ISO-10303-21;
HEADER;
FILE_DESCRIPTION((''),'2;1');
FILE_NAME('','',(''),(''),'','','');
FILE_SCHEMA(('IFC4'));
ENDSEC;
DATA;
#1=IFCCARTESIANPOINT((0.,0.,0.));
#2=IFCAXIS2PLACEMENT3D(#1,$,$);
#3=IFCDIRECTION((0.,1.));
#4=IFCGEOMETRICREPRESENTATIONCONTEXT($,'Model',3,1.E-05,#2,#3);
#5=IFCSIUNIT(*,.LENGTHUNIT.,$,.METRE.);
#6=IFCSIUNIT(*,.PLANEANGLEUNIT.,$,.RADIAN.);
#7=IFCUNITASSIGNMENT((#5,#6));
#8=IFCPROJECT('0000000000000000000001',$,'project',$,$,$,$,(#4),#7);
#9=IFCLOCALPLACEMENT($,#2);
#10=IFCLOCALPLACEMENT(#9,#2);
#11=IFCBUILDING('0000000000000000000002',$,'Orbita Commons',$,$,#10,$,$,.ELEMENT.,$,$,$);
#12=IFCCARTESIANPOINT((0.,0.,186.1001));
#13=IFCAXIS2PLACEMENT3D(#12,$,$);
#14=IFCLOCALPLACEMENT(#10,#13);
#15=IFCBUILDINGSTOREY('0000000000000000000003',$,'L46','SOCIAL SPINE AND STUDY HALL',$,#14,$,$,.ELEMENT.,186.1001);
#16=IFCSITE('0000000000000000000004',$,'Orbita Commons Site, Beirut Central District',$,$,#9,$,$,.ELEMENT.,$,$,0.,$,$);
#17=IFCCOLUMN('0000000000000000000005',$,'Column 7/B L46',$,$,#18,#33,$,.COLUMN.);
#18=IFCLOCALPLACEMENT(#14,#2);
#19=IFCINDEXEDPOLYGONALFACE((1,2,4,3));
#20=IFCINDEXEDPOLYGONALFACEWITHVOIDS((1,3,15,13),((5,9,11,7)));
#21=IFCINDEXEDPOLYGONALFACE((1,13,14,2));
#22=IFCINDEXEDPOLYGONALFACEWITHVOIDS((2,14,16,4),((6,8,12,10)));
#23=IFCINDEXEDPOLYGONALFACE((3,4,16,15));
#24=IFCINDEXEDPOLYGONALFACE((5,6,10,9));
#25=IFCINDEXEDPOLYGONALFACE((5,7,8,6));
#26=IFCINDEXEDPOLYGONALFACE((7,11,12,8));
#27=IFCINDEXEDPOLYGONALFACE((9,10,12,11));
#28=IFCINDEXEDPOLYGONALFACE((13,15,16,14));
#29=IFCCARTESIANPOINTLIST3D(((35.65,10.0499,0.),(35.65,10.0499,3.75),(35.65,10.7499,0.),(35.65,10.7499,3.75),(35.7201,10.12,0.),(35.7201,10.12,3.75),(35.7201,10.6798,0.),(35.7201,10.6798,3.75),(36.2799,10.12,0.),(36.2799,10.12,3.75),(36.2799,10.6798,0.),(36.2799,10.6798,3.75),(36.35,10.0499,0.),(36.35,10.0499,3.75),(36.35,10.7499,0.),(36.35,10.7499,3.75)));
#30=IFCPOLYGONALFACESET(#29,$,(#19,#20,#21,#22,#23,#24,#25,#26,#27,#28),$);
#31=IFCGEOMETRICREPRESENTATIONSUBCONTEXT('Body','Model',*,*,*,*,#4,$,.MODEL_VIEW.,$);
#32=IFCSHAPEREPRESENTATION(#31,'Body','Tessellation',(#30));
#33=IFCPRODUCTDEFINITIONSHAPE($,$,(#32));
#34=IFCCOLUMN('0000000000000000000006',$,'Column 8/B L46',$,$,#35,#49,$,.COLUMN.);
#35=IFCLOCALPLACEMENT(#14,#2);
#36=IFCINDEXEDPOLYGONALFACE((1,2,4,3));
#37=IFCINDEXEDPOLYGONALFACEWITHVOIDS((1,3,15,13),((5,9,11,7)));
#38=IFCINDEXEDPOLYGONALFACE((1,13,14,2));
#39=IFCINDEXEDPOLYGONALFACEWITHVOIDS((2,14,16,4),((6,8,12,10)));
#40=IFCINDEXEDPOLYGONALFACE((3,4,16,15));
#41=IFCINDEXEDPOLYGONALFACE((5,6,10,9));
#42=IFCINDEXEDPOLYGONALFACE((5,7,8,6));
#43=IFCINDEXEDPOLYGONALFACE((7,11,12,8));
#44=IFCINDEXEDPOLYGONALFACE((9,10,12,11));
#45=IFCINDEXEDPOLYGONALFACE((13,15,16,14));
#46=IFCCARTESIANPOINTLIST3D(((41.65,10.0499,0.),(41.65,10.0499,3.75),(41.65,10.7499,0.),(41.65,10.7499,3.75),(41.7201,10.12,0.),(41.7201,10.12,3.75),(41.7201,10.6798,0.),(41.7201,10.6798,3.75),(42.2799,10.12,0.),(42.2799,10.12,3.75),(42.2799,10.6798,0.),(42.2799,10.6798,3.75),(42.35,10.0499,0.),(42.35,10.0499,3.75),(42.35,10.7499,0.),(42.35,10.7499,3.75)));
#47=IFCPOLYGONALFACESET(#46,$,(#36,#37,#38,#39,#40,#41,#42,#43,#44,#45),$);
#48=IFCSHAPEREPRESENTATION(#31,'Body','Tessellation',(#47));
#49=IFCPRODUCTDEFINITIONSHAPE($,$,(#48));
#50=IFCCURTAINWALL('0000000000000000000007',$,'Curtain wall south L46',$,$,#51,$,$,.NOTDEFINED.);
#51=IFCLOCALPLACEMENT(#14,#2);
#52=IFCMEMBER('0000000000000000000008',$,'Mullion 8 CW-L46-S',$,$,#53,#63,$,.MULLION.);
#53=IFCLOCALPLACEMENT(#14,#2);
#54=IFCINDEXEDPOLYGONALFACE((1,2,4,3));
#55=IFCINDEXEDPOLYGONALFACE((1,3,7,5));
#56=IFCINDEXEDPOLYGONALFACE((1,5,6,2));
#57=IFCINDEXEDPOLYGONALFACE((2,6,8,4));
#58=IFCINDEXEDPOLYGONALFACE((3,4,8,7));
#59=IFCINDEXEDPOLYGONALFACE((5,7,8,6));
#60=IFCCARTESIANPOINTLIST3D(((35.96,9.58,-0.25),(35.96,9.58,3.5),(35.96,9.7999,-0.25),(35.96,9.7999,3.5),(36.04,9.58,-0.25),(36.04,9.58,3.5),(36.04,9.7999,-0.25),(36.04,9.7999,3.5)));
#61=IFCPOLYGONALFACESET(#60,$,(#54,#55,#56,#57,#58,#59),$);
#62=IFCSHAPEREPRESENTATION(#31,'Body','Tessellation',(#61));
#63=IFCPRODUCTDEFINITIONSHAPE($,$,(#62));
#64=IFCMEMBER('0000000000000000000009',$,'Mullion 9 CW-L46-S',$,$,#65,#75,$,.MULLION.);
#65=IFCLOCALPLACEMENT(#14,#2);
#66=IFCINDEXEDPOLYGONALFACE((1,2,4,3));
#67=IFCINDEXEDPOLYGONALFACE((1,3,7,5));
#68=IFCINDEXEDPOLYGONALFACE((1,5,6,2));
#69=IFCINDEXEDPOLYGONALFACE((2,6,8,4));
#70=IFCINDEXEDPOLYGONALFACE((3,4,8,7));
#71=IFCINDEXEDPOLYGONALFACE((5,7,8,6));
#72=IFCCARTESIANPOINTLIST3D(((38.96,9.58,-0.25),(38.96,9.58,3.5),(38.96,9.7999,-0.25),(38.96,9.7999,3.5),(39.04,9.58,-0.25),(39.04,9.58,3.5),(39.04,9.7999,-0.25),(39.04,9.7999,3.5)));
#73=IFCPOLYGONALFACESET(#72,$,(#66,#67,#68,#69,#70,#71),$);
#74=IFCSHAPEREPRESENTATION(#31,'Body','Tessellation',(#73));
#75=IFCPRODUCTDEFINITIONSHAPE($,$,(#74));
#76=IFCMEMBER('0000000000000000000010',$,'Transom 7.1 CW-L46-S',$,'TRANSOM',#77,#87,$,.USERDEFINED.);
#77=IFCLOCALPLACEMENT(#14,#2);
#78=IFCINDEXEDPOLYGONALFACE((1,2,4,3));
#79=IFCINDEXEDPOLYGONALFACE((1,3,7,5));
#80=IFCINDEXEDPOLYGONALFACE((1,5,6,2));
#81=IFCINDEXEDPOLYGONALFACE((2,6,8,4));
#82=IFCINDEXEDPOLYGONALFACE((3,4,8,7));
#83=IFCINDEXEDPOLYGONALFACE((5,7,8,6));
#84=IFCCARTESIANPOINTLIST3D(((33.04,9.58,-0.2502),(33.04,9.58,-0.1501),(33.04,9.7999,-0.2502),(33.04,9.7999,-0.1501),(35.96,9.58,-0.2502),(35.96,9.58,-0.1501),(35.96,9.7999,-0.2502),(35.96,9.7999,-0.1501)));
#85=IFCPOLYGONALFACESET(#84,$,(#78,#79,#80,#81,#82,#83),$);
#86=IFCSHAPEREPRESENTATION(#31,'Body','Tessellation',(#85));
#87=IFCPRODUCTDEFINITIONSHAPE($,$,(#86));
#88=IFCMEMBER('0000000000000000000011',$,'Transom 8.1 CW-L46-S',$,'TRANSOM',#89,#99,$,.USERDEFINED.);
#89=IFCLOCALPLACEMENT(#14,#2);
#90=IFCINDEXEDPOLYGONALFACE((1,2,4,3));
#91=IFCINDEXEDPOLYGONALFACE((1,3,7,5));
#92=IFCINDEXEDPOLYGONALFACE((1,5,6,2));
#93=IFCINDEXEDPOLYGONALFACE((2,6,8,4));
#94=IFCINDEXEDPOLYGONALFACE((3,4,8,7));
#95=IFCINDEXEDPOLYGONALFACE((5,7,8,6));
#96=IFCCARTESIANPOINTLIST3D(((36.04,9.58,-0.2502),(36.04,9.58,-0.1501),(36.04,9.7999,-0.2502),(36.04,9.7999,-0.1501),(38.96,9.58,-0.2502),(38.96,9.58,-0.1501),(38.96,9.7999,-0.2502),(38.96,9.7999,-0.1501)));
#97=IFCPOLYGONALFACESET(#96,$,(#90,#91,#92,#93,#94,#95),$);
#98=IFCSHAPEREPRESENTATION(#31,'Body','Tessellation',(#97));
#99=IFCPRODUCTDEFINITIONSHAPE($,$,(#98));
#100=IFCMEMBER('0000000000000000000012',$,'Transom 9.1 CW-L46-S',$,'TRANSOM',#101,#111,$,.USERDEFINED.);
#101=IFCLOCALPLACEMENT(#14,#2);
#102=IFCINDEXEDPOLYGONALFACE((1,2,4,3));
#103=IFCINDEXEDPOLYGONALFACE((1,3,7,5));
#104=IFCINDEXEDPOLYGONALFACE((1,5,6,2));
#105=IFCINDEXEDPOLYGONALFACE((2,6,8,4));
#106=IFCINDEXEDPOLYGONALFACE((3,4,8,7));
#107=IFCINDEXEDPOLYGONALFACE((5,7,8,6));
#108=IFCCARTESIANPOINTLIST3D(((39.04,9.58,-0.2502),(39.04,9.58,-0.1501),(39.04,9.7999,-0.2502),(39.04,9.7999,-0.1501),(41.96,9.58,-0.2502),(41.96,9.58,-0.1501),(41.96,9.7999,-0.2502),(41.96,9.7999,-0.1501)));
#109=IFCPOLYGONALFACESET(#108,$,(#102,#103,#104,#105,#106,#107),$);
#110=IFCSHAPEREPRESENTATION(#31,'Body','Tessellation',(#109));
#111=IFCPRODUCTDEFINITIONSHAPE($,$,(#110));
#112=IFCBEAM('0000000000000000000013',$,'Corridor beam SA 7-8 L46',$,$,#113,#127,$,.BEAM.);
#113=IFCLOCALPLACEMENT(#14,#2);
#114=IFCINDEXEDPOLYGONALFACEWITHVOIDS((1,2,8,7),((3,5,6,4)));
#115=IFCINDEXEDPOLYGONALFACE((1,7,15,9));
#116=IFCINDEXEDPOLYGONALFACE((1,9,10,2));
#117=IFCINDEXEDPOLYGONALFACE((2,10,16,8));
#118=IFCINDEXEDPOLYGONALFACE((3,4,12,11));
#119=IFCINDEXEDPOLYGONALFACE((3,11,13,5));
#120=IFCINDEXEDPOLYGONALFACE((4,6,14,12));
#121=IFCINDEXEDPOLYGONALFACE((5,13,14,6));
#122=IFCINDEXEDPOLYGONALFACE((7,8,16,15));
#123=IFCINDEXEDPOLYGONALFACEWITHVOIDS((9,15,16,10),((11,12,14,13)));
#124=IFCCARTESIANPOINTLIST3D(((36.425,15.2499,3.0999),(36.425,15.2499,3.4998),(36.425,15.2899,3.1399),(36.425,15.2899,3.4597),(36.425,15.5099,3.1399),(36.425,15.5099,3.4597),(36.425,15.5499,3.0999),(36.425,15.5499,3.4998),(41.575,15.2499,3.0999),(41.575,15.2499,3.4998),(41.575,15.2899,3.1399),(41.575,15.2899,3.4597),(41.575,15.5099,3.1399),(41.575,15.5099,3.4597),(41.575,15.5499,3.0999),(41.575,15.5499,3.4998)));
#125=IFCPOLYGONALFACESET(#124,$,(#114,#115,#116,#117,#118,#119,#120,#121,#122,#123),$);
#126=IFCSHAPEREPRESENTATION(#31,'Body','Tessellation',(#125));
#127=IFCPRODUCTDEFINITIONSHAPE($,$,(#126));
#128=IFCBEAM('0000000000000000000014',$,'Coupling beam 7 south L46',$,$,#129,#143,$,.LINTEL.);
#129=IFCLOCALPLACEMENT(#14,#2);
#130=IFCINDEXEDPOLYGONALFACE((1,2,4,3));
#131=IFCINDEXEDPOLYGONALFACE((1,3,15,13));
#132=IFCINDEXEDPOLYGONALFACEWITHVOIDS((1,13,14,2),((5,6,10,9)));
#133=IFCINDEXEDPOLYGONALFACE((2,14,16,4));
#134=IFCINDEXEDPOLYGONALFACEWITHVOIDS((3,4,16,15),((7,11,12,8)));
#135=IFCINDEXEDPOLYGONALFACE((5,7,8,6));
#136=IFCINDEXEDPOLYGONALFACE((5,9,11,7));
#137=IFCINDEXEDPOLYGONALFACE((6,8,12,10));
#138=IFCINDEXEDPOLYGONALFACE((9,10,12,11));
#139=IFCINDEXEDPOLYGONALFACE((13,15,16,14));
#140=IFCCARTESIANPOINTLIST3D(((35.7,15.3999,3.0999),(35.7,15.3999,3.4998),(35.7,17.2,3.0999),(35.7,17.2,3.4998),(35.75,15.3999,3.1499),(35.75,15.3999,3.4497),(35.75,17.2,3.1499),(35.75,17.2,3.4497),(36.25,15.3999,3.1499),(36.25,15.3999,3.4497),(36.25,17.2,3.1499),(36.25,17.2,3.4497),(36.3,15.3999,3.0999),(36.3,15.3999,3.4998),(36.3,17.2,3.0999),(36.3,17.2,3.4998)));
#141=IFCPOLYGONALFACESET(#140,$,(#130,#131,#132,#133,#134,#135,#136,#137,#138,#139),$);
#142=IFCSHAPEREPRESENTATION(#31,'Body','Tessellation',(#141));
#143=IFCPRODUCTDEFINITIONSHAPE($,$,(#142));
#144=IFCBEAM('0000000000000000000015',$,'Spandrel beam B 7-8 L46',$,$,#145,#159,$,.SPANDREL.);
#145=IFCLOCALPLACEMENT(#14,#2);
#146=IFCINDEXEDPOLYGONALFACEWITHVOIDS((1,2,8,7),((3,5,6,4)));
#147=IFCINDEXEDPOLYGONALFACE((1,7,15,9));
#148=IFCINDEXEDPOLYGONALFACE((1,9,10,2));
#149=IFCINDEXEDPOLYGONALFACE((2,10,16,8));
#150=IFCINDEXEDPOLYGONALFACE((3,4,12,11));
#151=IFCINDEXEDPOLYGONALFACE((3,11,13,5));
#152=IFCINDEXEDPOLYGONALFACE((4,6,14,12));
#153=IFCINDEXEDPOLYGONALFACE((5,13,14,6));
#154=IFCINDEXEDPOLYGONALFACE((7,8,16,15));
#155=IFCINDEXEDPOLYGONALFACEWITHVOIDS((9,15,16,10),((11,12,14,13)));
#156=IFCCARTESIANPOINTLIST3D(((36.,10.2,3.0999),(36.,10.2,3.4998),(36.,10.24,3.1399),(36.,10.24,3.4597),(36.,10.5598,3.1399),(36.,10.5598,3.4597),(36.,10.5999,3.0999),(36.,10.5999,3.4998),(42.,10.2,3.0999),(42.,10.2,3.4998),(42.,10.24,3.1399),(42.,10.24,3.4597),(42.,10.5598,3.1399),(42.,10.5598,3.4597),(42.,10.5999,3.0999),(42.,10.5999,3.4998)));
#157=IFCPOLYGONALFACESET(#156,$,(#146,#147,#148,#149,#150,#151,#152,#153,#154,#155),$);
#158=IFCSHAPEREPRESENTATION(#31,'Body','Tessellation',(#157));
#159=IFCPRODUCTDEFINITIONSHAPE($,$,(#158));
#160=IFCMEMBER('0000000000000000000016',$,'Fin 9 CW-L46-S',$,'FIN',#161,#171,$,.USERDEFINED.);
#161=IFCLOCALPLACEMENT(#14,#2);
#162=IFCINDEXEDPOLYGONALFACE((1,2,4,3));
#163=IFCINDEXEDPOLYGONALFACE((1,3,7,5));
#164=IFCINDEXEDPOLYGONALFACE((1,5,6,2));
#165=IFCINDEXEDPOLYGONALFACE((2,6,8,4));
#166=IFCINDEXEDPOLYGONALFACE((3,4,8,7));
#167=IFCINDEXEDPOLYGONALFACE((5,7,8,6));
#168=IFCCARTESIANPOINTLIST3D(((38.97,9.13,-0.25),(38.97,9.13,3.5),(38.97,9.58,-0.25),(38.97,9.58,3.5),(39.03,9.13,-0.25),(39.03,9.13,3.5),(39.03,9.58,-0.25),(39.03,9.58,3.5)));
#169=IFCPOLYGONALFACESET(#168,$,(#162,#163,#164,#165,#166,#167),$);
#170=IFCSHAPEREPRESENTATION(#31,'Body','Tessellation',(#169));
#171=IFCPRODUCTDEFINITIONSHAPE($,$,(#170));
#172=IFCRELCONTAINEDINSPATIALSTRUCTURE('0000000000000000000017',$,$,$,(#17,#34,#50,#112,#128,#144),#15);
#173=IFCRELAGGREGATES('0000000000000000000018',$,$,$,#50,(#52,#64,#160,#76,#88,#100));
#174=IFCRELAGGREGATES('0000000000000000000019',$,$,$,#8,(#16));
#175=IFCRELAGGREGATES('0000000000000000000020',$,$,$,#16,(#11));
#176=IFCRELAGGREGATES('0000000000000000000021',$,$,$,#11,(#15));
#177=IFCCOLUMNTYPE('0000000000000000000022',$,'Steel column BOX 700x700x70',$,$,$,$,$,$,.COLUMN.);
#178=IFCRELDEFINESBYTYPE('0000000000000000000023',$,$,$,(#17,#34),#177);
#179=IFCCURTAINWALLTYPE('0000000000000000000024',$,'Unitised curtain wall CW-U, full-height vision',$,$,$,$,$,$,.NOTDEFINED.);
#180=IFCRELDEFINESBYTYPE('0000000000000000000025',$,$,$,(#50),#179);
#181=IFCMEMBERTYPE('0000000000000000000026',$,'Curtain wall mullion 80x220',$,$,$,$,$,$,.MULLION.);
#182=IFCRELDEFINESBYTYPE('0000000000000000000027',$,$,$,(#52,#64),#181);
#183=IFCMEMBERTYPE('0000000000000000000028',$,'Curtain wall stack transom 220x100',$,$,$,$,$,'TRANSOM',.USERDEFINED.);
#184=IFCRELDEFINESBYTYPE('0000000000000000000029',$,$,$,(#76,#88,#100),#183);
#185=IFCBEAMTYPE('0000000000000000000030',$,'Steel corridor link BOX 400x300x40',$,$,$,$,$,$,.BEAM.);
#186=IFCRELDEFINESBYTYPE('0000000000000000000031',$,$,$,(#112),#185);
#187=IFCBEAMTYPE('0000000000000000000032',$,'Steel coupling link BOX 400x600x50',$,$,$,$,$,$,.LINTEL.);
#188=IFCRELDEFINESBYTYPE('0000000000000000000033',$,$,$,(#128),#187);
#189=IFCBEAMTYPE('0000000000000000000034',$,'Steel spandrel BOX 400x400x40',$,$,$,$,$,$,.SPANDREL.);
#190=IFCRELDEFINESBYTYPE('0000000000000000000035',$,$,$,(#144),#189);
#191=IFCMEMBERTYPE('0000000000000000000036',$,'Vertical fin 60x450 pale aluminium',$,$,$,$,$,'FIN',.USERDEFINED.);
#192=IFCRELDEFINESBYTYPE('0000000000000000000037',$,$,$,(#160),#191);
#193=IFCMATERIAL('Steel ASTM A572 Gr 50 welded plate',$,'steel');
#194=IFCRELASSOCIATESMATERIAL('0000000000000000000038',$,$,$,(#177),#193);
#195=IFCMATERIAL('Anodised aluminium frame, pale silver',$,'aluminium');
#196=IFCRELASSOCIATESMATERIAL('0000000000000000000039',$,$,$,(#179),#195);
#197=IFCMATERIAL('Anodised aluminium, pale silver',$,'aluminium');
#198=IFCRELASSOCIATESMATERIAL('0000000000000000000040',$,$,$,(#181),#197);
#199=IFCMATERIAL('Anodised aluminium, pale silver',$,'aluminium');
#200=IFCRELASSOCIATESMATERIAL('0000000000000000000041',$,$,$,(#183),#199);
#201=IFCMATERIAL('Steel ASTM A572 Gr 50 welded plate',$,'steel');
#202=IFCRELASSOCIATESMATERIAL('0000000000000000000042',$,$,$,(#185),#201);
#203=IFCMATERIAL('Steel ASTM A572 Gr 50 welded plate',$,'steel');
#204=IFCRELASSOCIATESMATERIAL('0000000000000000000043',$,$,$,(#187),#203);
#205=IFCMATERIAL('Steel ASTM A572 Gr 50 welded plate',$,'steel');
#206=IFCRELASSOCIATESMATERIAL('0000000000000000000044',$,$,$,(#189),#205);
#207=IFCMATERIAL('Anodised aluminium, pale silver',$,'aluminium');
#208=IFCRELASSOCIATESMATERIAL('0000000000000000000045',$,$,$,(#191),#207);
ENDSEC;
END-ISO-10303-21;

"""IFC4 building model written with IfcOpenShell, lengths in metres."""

from ifc_helpers import new_model, si_unit, direction, frame, origin, origin_2d, place, context, subcontext, project, spatial, rectangle, hollow_rectangle, extrude, material, material_profile, profile_set, type_object, element, aggregate, save


model = new_model("IFC4")

# Units and contexts
model_context = context("Model", 3, precision=1e-05, world=origin(), true_north=direction((0.0, 1.0)))
body_context = subcontext(model_context, "Body", "Model", "MODEL_VIEW")
ifc_project = project(units=[si_unit("LENGTHUNIT", "METRE"), si_unit("PLANEANGLEUNIT", "RADIAN")], contexts=[model_context])

# Site, building, storey
site_placement = place(None, origin())
site = spatial("IfcSite", under=ifc_project, at=site_placement, Name="Orbita Commons Site, Beirut Central District", CompositionType="ELEMENT", RefElevation=0.0)
building_placement = place(site_placement, origin())
building = spatial("IfcBuilding", under=site, at=building_placement, Name="Orbita Commons", CompositionType="ELEMENT")
storey_placement = place(building_placement, frame((0.0, 0.0, 186.1001)))
storey = spatial("IfcBuildingStorey", under=building, at=storey_placement, Name="L46", Description="SOCIAL SPINE AND STUDY HALL", CompositionType="ELEMENT", Elevation=186.1001)

# Columns
ifc_material_1 = material(Name="Steel ASTM A572 Gr 50 welded plate", Category="steel")
ifc_material_profile_1 = material_profile(ifc_material_1, hollow_rectangle(XDim=0.7, YDim=0.7, WallThickness=0.0701, at=origin_2d()), Name="BOX 700x700x70")
ifc_profile_set_1 = profile_set([ifc_material_profile_1], Name="Steel ASTM A572 Gr 50 welded plate")
column_type = type_object("IfcColumnType", Name="Steel column BOX 700x700x70", PredefinedType="COLUMN", material=ifc_profile_set_1)
for number, where, z_axis, x_axis, name in (
    (1, (36.0, 10.3999, 0.0), (0.0, 0.0, 1.0), (1.0, 0.0, 0.0), "Column 7/B L46"),
    (2, (42.0, 10.3999, 0.0), (0.0, 0.0, 1.0), (1.0, 0.0, 0.0), "Column 8/B L46"),
):
    element("IfcColumn", number, at=place(storey_placement, frame(where, z_axis=z_axis, x_axis=x_axis)), inside=storey, type_object=column_type, Name=name, PredefinedType="COLUMN", context=body_context, shape_type="SweptSolid", body=[
        extrude(hollow_rectangle(XDim=0.7, YDim=0.7, WallThickness=0.0701, at=origin_2d()), origin(), (0.0, 0.0, 1.0), 3.75),
    ])

# Curtain wall, members
ifc_material_2 = material(Name="Anodised aluminium frame, pale silver", Category="aluminium")
curtain_wall_type = type_object("IfcCurtainWallType", Name="Unitised curtain wall CW-U, full-height vision", PredefinedType="NOTDEFINED", material=ifc_material_2)
curtain_wall_placement = place(storey_placement, origin())
curtain_wall = element("IfcCurtainWall", 3, at=curtain_wall_placement, inside=storey, type_object=curtain_wall_type, Name="Curtain wall south L46", PredefinedType="NOTDEFINED")
ifc_material_3 = material(Name="Anodised aluminium, pale silver", Category="aluminium")
ifc_material_profile_2 = material_profile(ifc_material_3, rectangle(XDim=0.0801, YDim=0.22, at=origin_2d()), Name="AL 80x220")
ifc_profile_set_2 = profile_set([ifc_material_profile_2], Name="Anodised aluminium, pale silver")
member_type_1 = type_object("IfcMemberType", Name="Curtain wall mullion 80x220", PredefinedType="MULLION", material=ifc_profile_set_2)
member_1_placement = place(storey_placement, frame((36.0, 9.6899, -0.25), z_axis=(0.0, 0.0, 1.0), x_axis=(1.0, 0.0, 0.0)))
member_1 = element("IfcMember", 4, at=member_1_placement, type_object=member_type_1, Name="Mullion 8 CW-L46-S", PredefinedType="MULLION", context=body_context, shape_type="SweptSolid", body=[
    extrude(rectangle(XDim=0.0801, YDim=0.22, at=origin_2d()), origin(), (0.0, 0.0, 1.0), 3.75),
])
member_2_placement = place(storey_placement, frame((39.0, 9.6899, -0.25), z_axis=(0.0, 0.0, 1.0), x_axis=(1.0, 0.0, 0.0)))
member_2 = element("IfcMember", 5, at=member_2_placement, type_object=member_type_1, Name="Mullion 9 CW-L46-S", PredefinedType="MULLION", context=body_context, shape_type="SweptSolid", body=[
    extrude(rectangle(XDim=0.0801, YDim=0.22, at=origin_2d()), origin(), (0.0, 0.0, 1.0), 3.75),
])
ifc_material_4 = material(Name="Anodised aluminium, pale silver", Category="aluminium")
ifc_material_profile_3 = material_profile(ifc_material_4, rectangle(XDim=0.22, YDim=0.1001, at=origin_2d()), Name="AL 220x100")
ifc_profile_set_3 = profile_set([ifc_material_profile_3], Name="Anodised aluminium, pale silver")
member_type_2 = type_object("IfcMemberType", Name="Curtain wall stack transom 220x100", ElementType="TRANSOM", PredefinedType="USERDEFINED", material=ifc_profile_set_3)
member_3_placement = place(storey_placement, frame((33.04, 9.6899, -0.2002), z_axis=(1.0, 0.0, 0.0), x_axis=(0.0, 1.0, 0.0)))
member_3 = element("IfcMember", 6, at=member_3_placement, type_object=member_type_2, Name="Transom 7.1 CW-L46-S", ObjectType="TRANSOM", PredefinedType="USERDEFINED", context=body_context, shape_type="SweptSolid", body=[
    extrude(rectangle(XDim=0.22, YDim=0.1001, at=origin_2d()), origin(), (0.0, 0.0, 1.0), 2.9199),
])
member_4_placement = place(storey_placement, frame((36.04, 9.6899, -0.2002), z_axis=(1.0, 0.0, 0.0), x_axis=(0.0, 1.0, 0.0)))
member_4 = element("IfcMember", 7, at=member_4_placement, type_object=member_type_2, Name="Transom 8.1 CW-L46-S", ObjectType="TRANSOM", PredefinedType="USERDEFINED", context=body_context, shape_type="SweptSolid", body=[
    extrude(rectangle(XDim=0.22, YDim=0.1001, at=origin_2d()), origin(), (0.0, 0.0, 1.0), 2.9199),
])
member_5_placement = place(storey_placement, frame((39.04, 9.6899, -0.2002), z_axis=(1.0, 0.0, 0.0), x_axis=(0.0, 1.0, 0.0)))
member_5 = element("IfcMember", 8, at=member_5_placement, type_object=member_type_2, Name="Transom 9.1 CW-L46-S", ObjectType="TRANSOM", PredefinedType="USERDEFINED", context=body_context, shape_type="SweptSolid", body=[
    extrude(rectangle(XDim=0.22, YDim=0.1001, at=origin_2d()), origin(), (0.0, 0.0, 1.0), 2.9199),
])

# Beams
ifc_material_5 = material(Name="Steel ASTM A572 Gr 50 welded plate", Category="steel")
ifc_material_profile_4 = material_profile(ifc_material_5, hollow_rectangle(XDim=0.3, YDim=0.3999, WallThickness=0.04, at=origin_2d()), Name="BOX 400x300x40")
ifc_profile_set_4 = profile_set([ifc_material_profile_4], Name="Steel ASTM A572 Gr 50 welded plate")
beam_type_1 = type_object("IfcBeamType", Name="Steel corridor link BOX 400x300x40", PredefinedType="BEAM", material=ifc_profile_set_4)
beam_1_placement = place(storey_placement, frame((36.425, 15.3999, 3.2998), z_axis=(1.0, 0.0, 0.0), x_axis=(0.0, 1.0, 0.0)))
element("IfcBeam", 9, at=beam_1_placement, inside=storey, type_object=beam_type_1, Name="Corridor beam SA 7-8 L46", PredefinedType="BEAM", context=body_context, shape_type="SweptSolid", body=[
    extrude(hollow_rectangle(XDim=0.3, YDim=0.3999, WallThickness=0.04, at=origin_2d()), origin(), (0.0, 0.0, 1.0), 5.1499),
])
ifc_material_6 = material(Name="Steel ASTM A572 Gr 50 welded plate", Category="steel")
ifc_material_profile_5 = material_profile(ifc_material_6, hollow_rectangle(XDim=0.6001, YDim=0.3999, WallThickness=0.05, at=origin_2d()), Name="BOX 400x600x50")
ifc_profile_set_5 = profile_set([ifc_material_profile_5], Name="Steel ASTM A572 Gr 50 welded plate")
beam_type_2 = type_object("IfcBeamType", Name="Steel coupling link BOX 400x600x50", PredefinedType="LINTEL", material=ifc_profile_set_5)
beam_2_placement = place(storey_placement, frame((36.0, 15.3999, 3.2998), z_axis=(0.0, 1.0, 0.0), x_axis=(-1.0, 0.0, 0.0)))
element("IfcBeam", 10, at=beam_2_placement, inside=storey, type_object=beam_type_2, Name="Coupling beam 7 south L46", PredefinedType="LINTEL", context=body_context, shape_type="SweptSolid", body=[
    extrude(hollow_rectangle(XDim=0.6001, YDim=0.3999, WallThickness=0.05, at=origin_2d()), origin(), (0.0, 0.0, 1.0), 1.8),
])
ifc_material_7 = material(Name="Steel ASTM A572 Gr 50 welded plate", Category="steel")
ifc_material_profile_6 = material_profile(ifc_material_7, hollow_rectangle(XDim=0.3999, YDim=0.3999, WallThickness=0.04, at=origin_2d()), Name="BOX 400x400x40")
ifc_profile_set_6 = profile_set([ifc_material_profile_6], Name="Steel ASTM A572 Gr 50 welded plate")
beam_type_3 = type_object("IfcBeamType", Name="Steel spandrel BOX 400x400x40", PredefinedType="SPANDREL", material=ifc_profile_set_6)
beam_3_placement = place(storey_placement, frame((36.0, 10.3999, 3.2998), z_axis=(1.0, 0.0, 0.0), x_axis=(0.0, 1.0, 0.0)))
element("IfcBeam", 11, at=beam_3_placement, inside=storey, type_object=beam_type_3, Name="Spandrel beam B 7-8 L46", PredefinedType="SPANDREL", context=body_context, shape_type="SweptSolid", body=[
    extrude(hollow_rectangle(XDim=0.3999, YDim=0.3999, WallThickness=0.04, at=origin_2d()), origin(), (0.0, 0.0, 1.0), 6.0),
])

# Member
ifc_material_8 = material(Name="Anodised aluminium, pale silver", Category="aluminium")
ifc_material_profile_7 = material_profile(ifc_material_8, rectangle(XDim=0.0601, YDim=0.45, at=origin_2d()), Name="FIN 60x450")
ifc_profile_set_7 = profile_set([ifc_material_profile_7], Name="Anodised aluminium, pale silver")
member_type_3 = type_object("IfcMemberType", Name="Vertical fin 60x450 pale aluminium", ElementType="FIN", PredefinedType="USERDEFINED", material=ifc_profile_set_7)
member_6_placement = place(storey_placement, frame((39.0, 9.355, -0.25), z_axis=(0.0, 0.0, 1.0), x_axis=(1.0, 0.0, 0.0)))
member_6 = element("IfcMember", 12, at=member_6_placement, type_object=member_type_3, Name="Fin 9 CW-L46-S", ObjectType="FIN", PredefinedType="USERDEFINED", context=body_context, shape_type="SweptSolid", body=[
    extrude(rectangle(XDim=0.0601, YDim=0.45, at=origin_2d()), origin(), (0.0, 0.0, 1.0), 3.75),
])

aggregate(curtain_wall, [member_1, member_2, member_6, member_3, member_4, member_5])

save(model, "model.ifc")
